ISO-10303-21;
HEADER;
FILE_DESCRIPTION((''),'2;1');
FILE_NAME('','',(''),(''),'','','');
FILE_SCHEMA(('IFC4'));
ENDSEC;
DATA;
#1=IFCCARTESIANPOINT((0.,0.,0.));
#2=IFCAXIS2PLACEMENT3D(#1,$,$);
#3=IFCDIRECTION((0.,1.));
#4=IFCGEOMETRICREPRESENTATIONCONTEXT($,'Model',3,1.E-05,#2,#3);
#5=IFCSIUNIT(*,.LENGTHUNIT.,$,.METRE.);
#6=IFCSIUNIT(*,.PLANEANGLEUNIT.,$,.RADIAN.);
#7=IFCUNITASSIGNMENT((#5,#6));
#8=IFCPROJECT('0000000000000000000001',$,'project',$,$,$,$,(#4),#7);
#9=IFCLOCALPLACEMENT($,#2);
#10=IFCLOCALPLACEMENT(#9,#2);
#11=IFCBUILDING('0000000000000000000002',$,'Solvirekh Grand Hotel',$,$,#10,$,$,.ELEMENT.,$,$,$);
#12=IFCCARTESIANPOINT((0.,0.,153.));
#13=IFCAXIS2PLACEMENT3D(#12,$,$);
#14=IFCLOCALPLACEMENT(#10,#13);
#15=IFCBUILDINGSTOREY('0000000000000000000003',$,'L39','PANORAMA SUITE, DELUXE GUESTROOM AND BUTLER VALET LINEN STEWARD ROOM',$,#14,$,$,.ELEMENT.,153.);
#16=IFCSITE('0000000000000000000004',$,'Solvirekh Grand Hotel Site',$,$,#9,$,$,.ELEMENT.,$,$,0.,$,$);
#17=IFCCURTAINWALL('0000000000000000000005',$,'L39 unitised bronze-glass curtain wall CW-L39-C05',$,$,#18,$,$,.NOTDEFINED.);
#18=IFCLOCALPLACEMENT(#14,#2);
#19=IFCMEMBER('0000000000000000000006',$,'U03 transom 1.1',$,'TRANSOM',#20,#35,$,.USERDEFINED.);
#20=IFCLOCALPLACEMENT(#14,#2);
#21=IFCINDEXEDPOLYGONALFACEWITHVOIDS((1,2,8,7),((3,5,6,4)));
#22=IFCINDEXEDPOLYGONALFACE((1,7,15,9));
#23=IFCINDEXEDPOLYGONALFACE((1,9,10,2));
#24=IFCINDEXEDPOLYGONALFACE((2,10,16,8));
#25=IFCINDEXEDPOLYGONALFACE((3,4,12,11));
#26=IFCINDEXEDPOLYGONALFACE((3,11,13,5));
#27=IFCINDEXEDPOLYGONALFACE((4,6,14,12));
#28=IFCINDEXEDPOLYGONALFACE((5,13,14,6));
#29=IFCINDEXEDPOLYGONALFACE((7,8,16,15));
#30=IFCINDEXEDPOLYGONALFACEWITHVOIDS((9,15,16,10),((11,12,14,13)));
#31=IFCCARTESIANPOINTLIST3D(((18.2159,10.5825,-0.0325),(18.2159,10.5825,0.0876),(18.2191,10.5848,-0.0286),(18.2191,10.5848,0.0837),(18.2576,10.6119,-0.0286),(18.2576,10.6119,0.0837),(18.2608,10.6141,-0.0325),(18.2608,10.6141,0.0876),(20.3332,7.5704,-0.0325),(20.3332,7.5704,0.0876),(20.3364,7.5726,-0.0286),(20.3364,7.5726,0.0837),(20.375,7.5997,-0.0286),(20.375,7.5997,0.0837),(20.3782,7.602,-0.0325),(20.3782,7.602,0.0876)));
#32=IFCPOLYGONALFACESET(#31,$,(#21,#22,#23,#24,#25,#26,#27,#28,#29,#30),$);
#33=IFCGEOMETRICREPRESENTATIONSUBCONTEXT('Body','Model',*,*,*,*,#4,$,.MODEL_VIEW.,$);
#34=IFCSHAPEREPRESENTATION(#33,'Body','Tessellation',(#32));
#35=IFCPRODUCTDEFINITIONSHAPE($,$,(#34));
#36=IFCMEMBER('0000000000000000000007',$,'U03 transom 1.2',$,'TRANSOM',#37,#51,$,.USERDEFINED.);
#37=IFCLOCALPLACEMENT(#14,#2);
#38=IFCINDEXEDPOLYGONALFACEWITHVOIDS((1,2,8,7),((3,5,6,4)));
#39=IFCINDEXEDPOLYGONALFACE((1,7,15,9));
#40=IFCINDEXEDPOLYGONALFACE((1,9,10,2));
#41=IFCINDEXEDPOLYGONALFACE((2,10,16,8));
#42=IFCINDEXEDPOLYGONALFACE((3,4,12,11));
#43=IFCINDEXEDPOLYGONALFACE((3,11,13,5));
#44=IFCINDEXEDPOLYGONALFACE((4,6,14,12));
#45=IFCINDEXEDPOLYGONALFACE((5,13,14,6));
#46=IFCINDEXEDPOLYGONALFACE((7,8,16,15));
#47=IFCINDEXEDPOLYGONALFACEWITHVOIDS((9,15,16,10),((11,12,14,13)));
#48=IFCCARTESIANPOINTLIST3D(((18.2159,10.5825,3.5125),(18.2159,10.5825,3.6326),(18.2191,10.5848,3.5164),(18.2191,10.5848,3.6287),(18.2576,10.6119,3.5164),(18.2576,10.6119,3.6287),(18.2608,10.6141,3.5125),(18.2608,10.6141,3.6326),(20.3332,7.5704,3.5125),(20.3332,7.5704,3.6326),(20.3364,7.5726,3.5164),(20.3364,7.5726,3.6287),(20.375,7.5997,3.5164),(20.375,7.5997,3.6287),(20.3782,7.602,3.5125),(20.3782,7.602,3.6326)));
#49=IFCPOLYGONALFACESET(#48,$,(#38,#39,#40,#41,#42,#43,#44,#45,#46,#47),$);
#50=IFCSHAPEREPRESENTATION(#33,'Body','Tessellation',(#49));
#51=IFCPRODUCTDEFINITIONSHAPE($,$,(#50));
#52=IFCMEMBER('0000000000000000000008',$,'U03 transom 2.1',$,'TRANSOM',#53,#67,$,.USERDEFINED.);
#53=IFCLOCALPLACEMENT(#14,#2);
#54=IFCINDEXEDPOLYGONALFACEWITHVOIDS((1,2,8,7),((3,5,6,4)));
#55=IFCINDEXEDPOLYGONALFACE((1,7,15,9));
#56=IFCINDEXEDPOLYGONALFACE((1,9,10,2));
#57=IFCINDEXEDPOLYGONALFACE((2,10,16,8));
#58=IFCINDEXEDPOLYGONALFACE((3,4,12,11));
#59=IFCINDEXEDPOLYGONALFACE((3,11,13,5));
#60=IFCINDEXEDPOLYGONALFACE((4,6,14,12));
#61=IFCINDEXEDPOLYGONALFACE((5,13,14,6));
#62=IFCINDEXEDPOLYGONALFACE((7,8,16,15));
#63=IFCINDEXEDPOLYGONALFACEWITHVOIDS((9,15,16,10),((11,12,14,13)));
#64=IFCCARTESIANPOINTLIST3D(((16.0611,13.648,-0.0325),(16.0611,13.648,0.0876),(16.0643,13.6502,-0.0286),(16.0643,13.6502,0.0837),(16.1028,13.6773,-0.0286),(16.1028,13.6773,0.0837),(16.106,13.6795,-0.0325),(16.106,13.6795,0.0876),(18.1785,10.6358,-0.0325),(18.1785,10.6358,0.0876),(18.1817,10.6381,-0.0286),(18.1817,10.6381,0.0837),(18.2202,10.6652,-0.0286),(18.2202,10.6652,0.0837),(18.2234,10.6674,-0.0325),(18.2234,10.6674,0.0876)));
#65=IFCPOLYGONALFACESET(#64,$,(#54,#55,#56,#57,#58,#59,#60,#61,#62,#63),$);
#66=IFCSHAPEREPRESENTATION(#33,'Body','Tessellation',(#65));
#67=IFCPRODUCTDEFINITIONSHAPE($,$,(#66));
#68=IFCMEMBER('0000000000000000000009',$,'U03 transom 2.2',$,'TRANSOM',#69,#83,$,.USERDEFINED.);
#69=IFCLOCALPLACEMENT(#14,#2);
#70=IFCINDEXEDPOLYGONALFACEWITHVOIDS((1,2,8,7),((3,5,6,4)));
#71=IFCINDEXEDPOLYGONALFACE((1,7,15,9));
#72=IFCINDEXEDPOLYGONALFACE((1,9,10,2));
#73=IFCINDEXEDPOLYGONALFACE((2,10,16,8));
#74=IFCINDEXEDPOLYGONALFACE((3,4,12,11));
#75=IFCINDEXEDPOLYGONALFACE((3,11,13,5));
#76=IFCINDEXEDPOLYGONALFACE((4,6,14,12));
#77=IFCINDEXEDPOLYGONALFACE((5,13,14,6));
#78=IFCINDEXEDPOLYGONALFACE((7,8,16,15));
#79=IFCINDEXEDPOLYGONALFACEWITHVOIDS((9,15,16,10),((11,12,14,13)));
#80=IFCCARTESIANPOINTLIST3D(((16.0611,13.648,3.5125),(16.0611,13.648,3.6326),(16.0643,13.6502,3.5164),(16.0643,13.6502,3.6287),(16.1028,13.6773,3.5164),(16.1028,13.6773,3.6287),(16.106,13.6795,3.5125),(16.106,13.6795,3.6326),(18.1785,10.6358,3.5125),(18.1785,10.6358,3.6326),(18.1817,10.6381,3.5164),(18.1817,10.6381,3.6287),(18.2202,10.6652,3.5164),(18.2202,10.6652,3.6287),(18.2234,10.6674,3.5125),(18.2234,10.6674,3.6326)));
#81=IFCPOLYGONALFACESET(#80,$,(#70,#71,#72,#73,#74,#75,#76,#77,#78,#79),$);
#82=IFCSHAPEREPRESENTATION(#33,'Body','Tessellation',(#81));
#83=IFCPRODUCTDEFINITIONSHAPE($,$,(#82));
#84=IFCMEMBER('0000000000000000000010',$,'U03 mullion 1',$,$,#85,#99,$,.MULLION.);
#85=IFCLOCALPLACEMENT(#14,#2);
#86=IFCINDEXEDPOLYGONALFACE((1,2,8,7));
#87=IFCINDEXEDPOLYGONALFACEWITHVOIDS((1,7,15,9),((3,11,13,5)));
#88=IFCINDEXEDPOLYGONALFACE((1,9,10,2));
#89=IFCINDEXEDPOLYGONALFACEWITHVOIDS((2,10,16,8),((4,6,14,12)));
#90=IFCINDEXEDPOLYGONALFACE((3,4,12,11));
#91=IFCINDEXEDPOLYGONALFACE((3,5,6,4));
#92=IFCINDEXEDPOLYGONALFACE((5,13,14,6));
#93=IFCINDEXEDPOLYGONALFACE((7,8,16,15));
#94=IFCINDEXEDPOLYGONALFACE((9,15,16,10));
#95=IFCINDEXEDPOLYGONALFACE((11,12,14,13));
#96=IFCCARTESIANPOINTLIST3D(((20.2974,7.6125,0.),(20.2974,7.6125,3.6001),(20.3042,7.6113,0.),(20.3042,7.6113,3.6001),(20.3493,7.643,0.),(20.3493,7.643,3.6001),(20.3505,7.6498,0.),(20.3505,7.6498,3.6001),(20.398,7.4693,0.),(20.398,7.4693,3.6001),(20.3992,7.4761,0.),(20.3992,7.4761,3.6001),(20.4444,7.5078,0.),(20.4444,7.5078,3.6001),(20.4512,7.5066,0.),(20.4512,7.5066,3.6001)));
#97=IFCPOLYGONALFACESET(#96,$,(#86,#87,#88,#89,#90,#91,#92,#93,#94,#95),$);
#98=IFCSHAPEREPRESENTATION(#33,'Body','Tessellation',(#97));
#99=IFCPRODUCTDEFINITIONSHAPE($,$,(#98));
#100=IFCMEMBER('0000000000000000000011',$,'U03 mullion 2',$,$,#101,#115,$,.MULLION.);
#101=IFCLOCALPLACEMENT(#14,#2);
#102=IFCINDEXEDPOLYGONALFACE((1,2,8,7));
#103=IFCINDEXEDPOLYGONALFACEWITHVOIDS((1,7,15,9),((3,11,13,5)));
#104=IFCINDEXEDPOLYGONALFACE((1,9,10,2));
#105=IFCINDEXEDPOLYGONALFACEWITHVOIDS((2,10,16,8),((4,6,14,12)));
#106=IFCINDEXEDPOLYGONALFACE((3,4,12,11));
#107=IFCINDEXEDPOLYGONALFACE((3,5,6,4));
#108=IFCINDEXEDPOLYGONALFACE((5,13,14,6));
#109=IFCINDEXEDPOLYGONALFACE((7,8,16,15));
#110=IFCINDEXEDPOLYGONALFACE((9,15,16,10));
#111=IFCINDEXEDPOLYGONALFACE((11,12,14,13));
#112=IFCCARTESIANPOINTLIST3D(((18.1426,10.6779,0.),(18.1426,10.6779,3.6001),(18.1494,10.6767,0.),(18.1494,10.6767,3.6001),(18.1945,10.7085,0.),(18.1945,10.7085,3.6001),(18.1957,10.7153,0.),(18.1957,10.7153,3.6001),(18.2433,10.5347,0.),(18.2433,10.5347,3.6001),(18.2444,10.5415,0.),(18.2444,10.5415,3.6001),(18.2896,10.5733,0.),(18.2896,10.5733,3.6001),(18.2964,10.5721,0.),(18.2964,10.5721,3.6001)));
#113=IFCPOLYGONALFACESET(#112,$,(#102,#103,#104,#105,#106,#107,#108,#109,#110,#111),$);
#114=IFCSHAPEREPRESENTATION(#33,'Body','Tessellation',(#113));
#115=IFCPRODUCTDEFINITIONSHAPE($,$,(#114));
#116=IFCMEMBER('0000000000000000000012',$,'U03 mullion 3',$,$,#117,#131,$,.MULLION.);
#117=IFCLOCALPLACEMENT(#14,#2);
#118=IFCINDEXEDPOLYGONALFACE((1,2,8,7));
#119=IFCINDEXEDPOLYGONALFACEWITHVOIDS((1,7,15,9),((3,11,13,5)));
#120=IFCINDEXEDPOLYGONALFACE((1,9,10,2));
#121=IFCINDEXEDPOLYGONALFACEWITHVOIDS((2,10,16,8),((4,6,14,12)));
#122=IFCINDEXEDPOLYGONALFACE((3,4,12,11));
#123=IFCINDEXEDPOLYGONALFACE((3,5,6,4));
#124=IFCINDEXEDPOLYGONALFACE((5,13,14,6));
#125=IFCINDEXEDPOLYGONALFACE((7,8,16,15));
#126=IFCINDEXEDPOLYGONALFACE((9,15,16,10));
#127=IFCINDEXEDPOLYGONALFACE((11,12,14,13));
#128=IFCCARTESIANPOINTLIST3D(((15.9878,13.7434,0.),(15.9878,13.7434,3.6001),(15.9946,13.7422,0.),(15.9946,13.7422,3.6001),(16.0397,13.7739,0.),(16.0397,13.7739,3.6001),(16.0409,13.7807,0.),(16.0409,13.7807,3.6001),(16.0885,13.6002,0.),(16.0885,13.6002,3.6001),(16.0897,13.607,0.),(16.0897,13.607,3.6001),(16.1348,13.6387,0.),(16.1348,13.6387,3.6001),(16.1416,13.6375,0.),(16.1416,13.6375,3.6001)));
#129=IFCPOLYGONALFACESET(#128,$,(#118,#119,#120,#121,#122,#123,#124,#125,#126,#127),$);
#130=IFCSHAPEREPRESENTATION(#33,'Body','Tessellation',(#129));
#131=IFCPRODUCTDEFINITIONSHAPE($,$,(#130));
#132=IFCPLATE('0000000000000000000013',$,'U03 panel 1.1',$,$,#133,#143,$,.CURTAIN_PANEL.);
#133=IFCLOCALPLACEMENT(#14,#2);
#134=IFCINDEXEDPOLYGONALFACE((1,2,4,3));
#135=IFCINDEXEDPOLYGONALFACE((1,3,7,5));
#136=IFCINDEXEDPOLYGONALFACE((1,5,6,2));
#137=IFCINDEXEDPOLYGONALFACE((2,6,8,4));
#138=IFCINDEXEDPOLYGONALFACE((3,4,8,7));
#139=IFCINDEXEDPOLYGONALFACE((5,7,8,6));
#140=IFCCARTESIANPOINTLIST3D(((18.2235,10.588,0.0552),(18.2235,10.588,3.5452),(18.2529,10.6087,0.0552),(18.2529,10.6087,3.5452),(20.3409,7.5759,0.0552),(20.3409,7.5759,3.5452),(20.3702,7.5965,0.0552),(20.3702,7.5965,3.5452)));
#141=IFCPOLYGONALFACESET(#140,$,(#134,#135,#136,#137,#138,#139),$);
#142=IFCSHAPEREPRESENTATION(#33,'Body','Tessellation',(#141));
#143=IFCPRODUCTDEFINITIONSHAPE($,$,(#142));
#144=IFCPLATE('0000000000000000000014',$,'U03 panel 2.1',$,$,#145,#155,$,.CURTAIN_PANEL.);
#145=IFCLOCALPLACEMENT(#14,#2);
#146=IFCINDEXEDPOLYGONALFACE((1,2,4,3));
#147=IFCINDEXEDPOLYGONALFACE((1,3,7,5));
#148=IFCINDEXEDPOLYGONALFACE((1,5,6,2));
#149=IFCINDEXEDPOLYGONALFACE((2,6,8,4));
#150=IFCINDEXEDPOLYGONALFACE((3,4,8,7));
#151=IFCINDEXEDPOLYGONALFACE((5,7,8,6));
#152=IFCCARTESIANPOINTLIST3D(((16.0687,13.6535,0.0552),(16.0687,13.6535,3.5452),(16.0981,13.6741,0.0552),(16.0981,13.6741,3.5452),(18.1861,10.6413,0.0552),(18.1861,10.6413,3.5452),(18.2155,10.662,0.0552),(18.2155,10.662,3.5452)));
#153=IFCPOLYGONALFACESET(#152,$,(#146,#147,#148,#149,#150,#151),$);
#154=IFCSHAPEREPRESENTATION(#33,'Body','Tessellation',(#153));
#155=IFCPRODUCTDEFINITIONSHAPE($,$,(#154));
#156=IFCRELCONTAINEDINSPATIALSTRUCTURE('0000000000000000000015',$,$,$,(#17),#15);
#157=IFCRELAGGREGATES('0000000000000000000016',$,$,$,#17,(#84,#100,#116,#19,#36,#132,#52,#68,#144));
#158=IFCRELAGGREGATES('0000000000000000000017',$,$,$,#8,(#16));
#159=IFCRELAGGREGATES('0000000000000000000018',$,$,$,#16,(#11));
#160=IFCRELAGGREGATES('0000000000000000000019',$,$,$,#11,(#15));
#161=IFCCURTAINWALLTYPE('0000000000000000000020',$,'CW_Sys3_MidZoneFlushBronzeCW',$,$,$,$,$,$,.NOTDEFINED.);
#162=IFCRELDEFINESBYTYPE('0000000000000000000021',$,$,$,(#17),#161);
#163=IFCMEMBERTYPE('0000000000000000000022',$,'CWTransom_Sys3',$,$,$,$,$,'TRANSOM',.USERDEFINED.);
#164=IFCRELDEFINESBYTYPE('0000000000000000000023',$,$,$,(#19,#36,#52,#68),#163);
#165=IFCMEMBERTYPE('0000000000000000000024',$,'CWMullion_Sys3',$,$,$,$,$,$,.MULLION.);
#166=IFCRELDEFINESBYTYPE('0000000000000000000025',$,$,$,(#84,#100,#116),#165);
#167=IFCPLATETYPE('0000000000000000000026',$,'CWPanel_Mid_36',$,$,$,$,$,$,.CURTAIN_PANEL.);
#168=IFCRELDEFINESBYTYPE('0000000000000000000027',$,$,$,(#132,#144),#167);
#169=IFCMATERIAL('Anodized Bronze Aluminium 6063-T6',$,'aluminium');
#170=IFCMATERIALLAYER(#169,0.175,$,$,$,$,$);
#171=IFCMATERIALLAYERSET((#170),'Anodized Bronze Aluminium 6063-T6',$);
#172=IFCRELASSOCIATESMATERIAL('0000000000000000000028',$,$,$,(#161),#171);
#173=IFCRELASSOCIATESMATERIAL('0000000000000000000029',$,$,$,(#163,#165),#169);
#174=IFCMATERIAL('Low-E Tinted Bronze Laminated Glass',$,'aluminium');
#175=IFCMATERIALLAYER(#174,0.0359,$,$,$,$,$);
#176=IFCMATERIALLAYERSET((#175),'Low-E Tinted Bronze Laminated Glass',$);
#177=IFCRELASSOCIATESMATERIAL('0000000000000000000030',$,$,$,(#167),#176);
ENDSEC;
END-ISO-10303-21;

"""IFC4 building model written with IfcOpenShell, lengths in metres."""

from ifc_helpers import new_model, si_unit, direction, frame, origin, origin_2d, place, context, subcontext, project, spatial, rectangle, hollow_rectangle, extrude, source, transform, mapped, material, layer, layer_set, material_profile, profile_set, type_object, element, aggregate, save


model = new_model("IFC4")

# Units and contexts
model_context = context("Model", 3, precision=1e-05, world=origin(), true_north=direction((0.0, 1.0)))
body_context = subcontext(model_context, "Body", "Model", "MODEL_VIEW")
ifc_project = project(units=[si_unit("LENGTHUNIT", "METRE"), si_unit("PLANEANGLEUNIT", "RADIAN")], contexts=[model_context])

# Site, building, storey
site_placement = place(None, origin())
site = spatial("IfcSite", under=ifc_project, at=site_placement, Name="Solvirekh Grand Hotel Site", CompositionType="ELEMENT", RefElevation=0.0)
building_placement = place(site_placement, origin())
building = spatial("IfcBuilding", under=site, at=building_placement, Name="Solvirekh Grand Hotel", CompositionType="ELEMENT")
storey_placement = place(building_placement, frame((0.0, 0.0, 153.0)))
storey = spatial("IfcBuildingStorey", under=building, at=storey_placement, Name="L39", Description="PANORAMA SUITE, DELUXE GUESTROOM AND BUTLER VALET LINEN STEWARD ROOM", CompositionType="ELEMENT", Elevation=153.0)

# Curtain wall, members, plates
ifc_material_1 = material(Name="Anodized Bronze Aluminium 6063-T6", Category="aluminium")
ifc_layer_1 = layer(ifc_material_1, 0.175)
ifc_layer_set_1 = layer_set([ifc_layer_1], Name="Anodized Bronze Aluminium 6063-T6")
curtain_wall_type = type_object("IfcCurtainWallType", Name="CW_Sys3_MidZoneFlushBronzeCW", PredefinedType="NOTDEFINED", material=ifc_layer_set_1)
curtain_wall_placement = place(storey_placement, origin())
curtain_wall = element("IfcCurtainWall", 1, at=curtain_wall_placement, inside=storey, type_object=curtain_wall_type, Name="L39 unitised bronze-glass curtain wall CW-L39-C05", PredefinedType="NOTDEFINED")
ifc_material_profile_1 = material_profile(ifc_material_1, hollow_rectangle(XDim=0.0549, YDim=0.1201, WallThickness=0.0039, at=origin_2d()), Name="ALU RHS 120X55X4")
ifc_profile_set_1 = profile_set([ifc_material_profile_1], Name="Anodized Bronze Aluminium 6063-T6")
member_type_1 = type_object("IfcMemberType", Name="CWTransom_Sys3", ElementType="TRANSOM", PredefinedType="USERDEFINED", material=ifc_profile_set_1)
shared_shape_1 = source(origin(), body_context, "Body", "SweptSolid", [
    extrude(hollow_rectangle(XDim=0.0549, YDim=0.1201, WallThickness=0.0039, at=origin_2d()), origin(), (0.0, 0.0, 1.0), 3.6819),
])
member_1_placement = place(storey_placement, frame((20.3557, 7.5862, 0.0276), z_axis=(-0.575081, 0.818096, 0.0), x_axis=(-0.818096, -0.575081, 0.0)))
member_1 = element("IfcMember", 2, at=member_1_placement, type_object=member_type_1, Name="U03 transom 1.1", ObjectType="TRANSOM", PredefinedType="USERDEFINED", context=body_context, shape_type="MappedRepresentation", body=[
    mapped(shared_shape_1, transform((0.0, 0.0, 0.0), x_axis=(1.0, 0.0, 0.0), y_axis=(0.0, 1.0, 0.0), z_axis=(0.0, 0.0, 1.0), scale=1.0)),
])
member_2_placement = place(storey_placement, frame((20.3557, 7.5862, 3.5725), z_axis=(-0.575081, 0.818096, 0.0), x_axis=(-0.818096, -0.575081, 0.0)))
member_2 = element("IfcMember", 3, at=member_2_placement, type_object=member_type_1, Name="U03 transom 1.2", ObjectType="TRANSOM", PredefinedType="USERDEFINED", context=body_context, shape_type="MappedRepresentation", body=[
    mapped(shared_shape_1, transform((0.0, 0.0, 0.0), x_axis=(1.0, 0.0, 0.0), y_axis=(0.0, 1.0, 0.0), z_axis=(0.0, 0.0, 1.0), scale=1.0)),
])
member_3_placement = place(storey_placement, frame((18.2009, 10.6516, 0.0276), z_axis=(-0.575081, 0.818096, 0.0), x_axis=(-0.818096, -0.575081, 0.0)))
member_3 = element("IfcMember", 4, at=member_3_placement, type_object=member_type_1, Name="U03 transom 2.1", ObjectType="TRANSOM", PredefinedType="USERDEFINED", context=body_context, shape_type="MappedRepresentation", body=[
    mapped(shared_shape_1, transform((0.0, 0.0, 0.0), x_axis=(1.0, 0.0, 0.0), y_axis=(0.0, 1.0, 0.0), z_axis=(0.0, 0.0, 1.0), scale=1.0)),
])
member_4_placement = place(storey_placement, frame((18.2009, 10.6516, 3.5725), z_axis=(-0.575081, 0.818096, 0.0), x_axis=(-0.818096, -0.575081, 0.0)))
member_4 = element("IfcMember", 5, at=member_4_placement, type_object=member_type_1, Name="U03 transom 2.2", ObjectType="TRANSOM", PredefinedType="USERDEFINED", context=body_context, shape_type="MappedRepresentation", body=[
    mapped(shared_shape_1, transform((0.0, 0.0, 0.0), x_axis=(1.0, 0.0, 0.0), y_axis=(0.0, 1.0, 0.0), z_axis=(0.0, 0.0, 1.0), scale=1.0)),
])
ifc_material_profile_2 = material_profile(ifc_material_1, hollow_rectangle(XDim=0.0649, YDim=0.175, WallThickness=0.0049, at=origin_2d()), Name="ALU RHS 175X65X5")
ifc_profile_set_2 = profile_set([ifc_material_profile_2], Name="Anodized Bronze Aluminium 6063-T6")
member_type_2 = type_object("IfcMemberType", Name="CWMullion_Sys3", PredefinedType="MULLION", material=ifc_profile_set_2)
shared_shape_2 = source(origin(), body_context, "Body", "SweptSolid", [
    extrude(hollow_rectangle(XDim=0.0649, YDim=0.175, WallThickness=0.0049, at=origin_2d()), origin(), (0.0, 0.0, 1.0), 3.6001),
])
member_5_placement = place(storey_placement, frame((20.3743, 7.5596, 0.0), z_axis=(0.0, 0.0, 1.0), x_axis=(-0.818099, -0.575077, 0.0)))
member_5 = element("IfcMember", 6, at=member_5_placement, type_object=member_type_2, Name="U03 mullion 1", PredefinedType="MULLION", context=body_context, shape_type="MappedRepresentation", body=[
    mapped(shared_shape_2, transform((0.0, 0.0, 0.0), x_axis=(1.0, 0.0, 0.0), y_axis=(0.0, 1.0, 0.0), z_axis=(0.0, 0.0, 1.0), scale=1.0)),
])
member_6_placement = place(storey_placement, frame((18.2195, 10.625, 0.0), z_axis=(0.0, 0.0, 1.0), x_axis=(-0.818099, -0.575077, 0.0)))
member_6 = element("IfcMember", 7, at=member_6_placement, type_object=member_type_2, Name="U03 mullion 2", PredefinedType="MULLION", context=body_context, shape_type="MappedRepresentation", body=[
    mapped(shared_shape_2, transform((0.0, 0.0, 0.0), x_axis=(1.0, 0.0, 0.0), y_axis=(0.0, 1.0, 0.0), z_axis=(0.0, 0.0, 1.0), scale=1.0)),
])
member_7_placement = place(storey_placement, frame((16.0647, 13.6904, 0.0), z_axis=(0.0, 0.0, 1.0), x_axis=(-0.818099, -0.575077, 0.0)))
member_7 = element("IfcMember", 8, at=member_7_placement, type_object=member_type_2, Name="U03 mullion 3", PredefinedType="MULLION", context=body_context, shape_type="MappedRepresentation", body=[
    mapped(shared_shape_2, transform((0.0, 0.0, 0.0), x_axis=(1.0, 0.0, 0.0), y_axis=(0.0, 1.0, 0.0), z_axis=(0.0, 0.0, 1.0), scale=1.0)),
])
ifc_material_2 = material(Name="Low-E Tinted Bronze Laminated Glass", Category="aluminium")
ifc_layer_2 = layer(ifc_material_2, 0.0359)
ifc_layer_set_2 = layer_set([ifc_layer_2], Name="Low-E Tinted Bronze Laminated Glass")
plate_type = type_object("IfcPlateType", Name="CWPanel_Mid_36", PredefinedType="CURTAIN_PANEL", material=ifc_layer_set_2)
shared_shape_3 = source(origin(), body_context, "Body", "SweptSolid", [
    extrude(rectangle(XDim=3.6819, YDim=0.0359, at=origin_2d()), origin(), (0.0, 0.0, 1.0), 3.49),
])
plate_1_placement = place(storey_placement, frame((19.2969, 9.0923, 0.0552), z_axis=(0.0, 0.0, 1.0), x_axis=(-0.575077, 0.818099, 0.0)))
plate_1 = element("IfcPlate", 9, at=plate_1_placement, type_object=plate_type, Name="U03 panel 1.1", PredefinedType="CURTAIN_PANEL", context=body_context, shape_type="MappedRepresentation", body=[
    mapped(shared_shape_3, transform((0.0, 0.0, 0.0), x_axis=(1.0, 0.0, 0.0), y_axis=(0.0, 1.0, 0.0), z_axis=(0.0, 0.0, 1.0), scale=1.0)),
])
plate_2_placement = place(storey_placement, frame((17.1421, 12.1577, 0.0552), z_axis=(0.0, 0.0, 1.0), x_axis=(-0.575077, 0.818099, 0.0)))
plate_2 = element("IfcPlate", 10, at=plate_2_placement, type_object=plate_type, Name="U03 panel 2.1", PredefinedType="CURTAIN_PANEL", context=body_context, shape_type="MappedRepresentation", body=[
    mapped(shared_shape_3, transform((0.0, 0.0, 0.0), x_axis=(1.0, 0.0, 0.0), y_axis=(0.0, 1.0, 0.0), z_axis=(0.0, 0.0, 1.0), scale=1.0)),
])
aggregate(curtain_wall, [member_5, member_6, member_7, member_1, member_2, plate_1, member_3, member_4, plate_2])

save(model, "model.ifc")
